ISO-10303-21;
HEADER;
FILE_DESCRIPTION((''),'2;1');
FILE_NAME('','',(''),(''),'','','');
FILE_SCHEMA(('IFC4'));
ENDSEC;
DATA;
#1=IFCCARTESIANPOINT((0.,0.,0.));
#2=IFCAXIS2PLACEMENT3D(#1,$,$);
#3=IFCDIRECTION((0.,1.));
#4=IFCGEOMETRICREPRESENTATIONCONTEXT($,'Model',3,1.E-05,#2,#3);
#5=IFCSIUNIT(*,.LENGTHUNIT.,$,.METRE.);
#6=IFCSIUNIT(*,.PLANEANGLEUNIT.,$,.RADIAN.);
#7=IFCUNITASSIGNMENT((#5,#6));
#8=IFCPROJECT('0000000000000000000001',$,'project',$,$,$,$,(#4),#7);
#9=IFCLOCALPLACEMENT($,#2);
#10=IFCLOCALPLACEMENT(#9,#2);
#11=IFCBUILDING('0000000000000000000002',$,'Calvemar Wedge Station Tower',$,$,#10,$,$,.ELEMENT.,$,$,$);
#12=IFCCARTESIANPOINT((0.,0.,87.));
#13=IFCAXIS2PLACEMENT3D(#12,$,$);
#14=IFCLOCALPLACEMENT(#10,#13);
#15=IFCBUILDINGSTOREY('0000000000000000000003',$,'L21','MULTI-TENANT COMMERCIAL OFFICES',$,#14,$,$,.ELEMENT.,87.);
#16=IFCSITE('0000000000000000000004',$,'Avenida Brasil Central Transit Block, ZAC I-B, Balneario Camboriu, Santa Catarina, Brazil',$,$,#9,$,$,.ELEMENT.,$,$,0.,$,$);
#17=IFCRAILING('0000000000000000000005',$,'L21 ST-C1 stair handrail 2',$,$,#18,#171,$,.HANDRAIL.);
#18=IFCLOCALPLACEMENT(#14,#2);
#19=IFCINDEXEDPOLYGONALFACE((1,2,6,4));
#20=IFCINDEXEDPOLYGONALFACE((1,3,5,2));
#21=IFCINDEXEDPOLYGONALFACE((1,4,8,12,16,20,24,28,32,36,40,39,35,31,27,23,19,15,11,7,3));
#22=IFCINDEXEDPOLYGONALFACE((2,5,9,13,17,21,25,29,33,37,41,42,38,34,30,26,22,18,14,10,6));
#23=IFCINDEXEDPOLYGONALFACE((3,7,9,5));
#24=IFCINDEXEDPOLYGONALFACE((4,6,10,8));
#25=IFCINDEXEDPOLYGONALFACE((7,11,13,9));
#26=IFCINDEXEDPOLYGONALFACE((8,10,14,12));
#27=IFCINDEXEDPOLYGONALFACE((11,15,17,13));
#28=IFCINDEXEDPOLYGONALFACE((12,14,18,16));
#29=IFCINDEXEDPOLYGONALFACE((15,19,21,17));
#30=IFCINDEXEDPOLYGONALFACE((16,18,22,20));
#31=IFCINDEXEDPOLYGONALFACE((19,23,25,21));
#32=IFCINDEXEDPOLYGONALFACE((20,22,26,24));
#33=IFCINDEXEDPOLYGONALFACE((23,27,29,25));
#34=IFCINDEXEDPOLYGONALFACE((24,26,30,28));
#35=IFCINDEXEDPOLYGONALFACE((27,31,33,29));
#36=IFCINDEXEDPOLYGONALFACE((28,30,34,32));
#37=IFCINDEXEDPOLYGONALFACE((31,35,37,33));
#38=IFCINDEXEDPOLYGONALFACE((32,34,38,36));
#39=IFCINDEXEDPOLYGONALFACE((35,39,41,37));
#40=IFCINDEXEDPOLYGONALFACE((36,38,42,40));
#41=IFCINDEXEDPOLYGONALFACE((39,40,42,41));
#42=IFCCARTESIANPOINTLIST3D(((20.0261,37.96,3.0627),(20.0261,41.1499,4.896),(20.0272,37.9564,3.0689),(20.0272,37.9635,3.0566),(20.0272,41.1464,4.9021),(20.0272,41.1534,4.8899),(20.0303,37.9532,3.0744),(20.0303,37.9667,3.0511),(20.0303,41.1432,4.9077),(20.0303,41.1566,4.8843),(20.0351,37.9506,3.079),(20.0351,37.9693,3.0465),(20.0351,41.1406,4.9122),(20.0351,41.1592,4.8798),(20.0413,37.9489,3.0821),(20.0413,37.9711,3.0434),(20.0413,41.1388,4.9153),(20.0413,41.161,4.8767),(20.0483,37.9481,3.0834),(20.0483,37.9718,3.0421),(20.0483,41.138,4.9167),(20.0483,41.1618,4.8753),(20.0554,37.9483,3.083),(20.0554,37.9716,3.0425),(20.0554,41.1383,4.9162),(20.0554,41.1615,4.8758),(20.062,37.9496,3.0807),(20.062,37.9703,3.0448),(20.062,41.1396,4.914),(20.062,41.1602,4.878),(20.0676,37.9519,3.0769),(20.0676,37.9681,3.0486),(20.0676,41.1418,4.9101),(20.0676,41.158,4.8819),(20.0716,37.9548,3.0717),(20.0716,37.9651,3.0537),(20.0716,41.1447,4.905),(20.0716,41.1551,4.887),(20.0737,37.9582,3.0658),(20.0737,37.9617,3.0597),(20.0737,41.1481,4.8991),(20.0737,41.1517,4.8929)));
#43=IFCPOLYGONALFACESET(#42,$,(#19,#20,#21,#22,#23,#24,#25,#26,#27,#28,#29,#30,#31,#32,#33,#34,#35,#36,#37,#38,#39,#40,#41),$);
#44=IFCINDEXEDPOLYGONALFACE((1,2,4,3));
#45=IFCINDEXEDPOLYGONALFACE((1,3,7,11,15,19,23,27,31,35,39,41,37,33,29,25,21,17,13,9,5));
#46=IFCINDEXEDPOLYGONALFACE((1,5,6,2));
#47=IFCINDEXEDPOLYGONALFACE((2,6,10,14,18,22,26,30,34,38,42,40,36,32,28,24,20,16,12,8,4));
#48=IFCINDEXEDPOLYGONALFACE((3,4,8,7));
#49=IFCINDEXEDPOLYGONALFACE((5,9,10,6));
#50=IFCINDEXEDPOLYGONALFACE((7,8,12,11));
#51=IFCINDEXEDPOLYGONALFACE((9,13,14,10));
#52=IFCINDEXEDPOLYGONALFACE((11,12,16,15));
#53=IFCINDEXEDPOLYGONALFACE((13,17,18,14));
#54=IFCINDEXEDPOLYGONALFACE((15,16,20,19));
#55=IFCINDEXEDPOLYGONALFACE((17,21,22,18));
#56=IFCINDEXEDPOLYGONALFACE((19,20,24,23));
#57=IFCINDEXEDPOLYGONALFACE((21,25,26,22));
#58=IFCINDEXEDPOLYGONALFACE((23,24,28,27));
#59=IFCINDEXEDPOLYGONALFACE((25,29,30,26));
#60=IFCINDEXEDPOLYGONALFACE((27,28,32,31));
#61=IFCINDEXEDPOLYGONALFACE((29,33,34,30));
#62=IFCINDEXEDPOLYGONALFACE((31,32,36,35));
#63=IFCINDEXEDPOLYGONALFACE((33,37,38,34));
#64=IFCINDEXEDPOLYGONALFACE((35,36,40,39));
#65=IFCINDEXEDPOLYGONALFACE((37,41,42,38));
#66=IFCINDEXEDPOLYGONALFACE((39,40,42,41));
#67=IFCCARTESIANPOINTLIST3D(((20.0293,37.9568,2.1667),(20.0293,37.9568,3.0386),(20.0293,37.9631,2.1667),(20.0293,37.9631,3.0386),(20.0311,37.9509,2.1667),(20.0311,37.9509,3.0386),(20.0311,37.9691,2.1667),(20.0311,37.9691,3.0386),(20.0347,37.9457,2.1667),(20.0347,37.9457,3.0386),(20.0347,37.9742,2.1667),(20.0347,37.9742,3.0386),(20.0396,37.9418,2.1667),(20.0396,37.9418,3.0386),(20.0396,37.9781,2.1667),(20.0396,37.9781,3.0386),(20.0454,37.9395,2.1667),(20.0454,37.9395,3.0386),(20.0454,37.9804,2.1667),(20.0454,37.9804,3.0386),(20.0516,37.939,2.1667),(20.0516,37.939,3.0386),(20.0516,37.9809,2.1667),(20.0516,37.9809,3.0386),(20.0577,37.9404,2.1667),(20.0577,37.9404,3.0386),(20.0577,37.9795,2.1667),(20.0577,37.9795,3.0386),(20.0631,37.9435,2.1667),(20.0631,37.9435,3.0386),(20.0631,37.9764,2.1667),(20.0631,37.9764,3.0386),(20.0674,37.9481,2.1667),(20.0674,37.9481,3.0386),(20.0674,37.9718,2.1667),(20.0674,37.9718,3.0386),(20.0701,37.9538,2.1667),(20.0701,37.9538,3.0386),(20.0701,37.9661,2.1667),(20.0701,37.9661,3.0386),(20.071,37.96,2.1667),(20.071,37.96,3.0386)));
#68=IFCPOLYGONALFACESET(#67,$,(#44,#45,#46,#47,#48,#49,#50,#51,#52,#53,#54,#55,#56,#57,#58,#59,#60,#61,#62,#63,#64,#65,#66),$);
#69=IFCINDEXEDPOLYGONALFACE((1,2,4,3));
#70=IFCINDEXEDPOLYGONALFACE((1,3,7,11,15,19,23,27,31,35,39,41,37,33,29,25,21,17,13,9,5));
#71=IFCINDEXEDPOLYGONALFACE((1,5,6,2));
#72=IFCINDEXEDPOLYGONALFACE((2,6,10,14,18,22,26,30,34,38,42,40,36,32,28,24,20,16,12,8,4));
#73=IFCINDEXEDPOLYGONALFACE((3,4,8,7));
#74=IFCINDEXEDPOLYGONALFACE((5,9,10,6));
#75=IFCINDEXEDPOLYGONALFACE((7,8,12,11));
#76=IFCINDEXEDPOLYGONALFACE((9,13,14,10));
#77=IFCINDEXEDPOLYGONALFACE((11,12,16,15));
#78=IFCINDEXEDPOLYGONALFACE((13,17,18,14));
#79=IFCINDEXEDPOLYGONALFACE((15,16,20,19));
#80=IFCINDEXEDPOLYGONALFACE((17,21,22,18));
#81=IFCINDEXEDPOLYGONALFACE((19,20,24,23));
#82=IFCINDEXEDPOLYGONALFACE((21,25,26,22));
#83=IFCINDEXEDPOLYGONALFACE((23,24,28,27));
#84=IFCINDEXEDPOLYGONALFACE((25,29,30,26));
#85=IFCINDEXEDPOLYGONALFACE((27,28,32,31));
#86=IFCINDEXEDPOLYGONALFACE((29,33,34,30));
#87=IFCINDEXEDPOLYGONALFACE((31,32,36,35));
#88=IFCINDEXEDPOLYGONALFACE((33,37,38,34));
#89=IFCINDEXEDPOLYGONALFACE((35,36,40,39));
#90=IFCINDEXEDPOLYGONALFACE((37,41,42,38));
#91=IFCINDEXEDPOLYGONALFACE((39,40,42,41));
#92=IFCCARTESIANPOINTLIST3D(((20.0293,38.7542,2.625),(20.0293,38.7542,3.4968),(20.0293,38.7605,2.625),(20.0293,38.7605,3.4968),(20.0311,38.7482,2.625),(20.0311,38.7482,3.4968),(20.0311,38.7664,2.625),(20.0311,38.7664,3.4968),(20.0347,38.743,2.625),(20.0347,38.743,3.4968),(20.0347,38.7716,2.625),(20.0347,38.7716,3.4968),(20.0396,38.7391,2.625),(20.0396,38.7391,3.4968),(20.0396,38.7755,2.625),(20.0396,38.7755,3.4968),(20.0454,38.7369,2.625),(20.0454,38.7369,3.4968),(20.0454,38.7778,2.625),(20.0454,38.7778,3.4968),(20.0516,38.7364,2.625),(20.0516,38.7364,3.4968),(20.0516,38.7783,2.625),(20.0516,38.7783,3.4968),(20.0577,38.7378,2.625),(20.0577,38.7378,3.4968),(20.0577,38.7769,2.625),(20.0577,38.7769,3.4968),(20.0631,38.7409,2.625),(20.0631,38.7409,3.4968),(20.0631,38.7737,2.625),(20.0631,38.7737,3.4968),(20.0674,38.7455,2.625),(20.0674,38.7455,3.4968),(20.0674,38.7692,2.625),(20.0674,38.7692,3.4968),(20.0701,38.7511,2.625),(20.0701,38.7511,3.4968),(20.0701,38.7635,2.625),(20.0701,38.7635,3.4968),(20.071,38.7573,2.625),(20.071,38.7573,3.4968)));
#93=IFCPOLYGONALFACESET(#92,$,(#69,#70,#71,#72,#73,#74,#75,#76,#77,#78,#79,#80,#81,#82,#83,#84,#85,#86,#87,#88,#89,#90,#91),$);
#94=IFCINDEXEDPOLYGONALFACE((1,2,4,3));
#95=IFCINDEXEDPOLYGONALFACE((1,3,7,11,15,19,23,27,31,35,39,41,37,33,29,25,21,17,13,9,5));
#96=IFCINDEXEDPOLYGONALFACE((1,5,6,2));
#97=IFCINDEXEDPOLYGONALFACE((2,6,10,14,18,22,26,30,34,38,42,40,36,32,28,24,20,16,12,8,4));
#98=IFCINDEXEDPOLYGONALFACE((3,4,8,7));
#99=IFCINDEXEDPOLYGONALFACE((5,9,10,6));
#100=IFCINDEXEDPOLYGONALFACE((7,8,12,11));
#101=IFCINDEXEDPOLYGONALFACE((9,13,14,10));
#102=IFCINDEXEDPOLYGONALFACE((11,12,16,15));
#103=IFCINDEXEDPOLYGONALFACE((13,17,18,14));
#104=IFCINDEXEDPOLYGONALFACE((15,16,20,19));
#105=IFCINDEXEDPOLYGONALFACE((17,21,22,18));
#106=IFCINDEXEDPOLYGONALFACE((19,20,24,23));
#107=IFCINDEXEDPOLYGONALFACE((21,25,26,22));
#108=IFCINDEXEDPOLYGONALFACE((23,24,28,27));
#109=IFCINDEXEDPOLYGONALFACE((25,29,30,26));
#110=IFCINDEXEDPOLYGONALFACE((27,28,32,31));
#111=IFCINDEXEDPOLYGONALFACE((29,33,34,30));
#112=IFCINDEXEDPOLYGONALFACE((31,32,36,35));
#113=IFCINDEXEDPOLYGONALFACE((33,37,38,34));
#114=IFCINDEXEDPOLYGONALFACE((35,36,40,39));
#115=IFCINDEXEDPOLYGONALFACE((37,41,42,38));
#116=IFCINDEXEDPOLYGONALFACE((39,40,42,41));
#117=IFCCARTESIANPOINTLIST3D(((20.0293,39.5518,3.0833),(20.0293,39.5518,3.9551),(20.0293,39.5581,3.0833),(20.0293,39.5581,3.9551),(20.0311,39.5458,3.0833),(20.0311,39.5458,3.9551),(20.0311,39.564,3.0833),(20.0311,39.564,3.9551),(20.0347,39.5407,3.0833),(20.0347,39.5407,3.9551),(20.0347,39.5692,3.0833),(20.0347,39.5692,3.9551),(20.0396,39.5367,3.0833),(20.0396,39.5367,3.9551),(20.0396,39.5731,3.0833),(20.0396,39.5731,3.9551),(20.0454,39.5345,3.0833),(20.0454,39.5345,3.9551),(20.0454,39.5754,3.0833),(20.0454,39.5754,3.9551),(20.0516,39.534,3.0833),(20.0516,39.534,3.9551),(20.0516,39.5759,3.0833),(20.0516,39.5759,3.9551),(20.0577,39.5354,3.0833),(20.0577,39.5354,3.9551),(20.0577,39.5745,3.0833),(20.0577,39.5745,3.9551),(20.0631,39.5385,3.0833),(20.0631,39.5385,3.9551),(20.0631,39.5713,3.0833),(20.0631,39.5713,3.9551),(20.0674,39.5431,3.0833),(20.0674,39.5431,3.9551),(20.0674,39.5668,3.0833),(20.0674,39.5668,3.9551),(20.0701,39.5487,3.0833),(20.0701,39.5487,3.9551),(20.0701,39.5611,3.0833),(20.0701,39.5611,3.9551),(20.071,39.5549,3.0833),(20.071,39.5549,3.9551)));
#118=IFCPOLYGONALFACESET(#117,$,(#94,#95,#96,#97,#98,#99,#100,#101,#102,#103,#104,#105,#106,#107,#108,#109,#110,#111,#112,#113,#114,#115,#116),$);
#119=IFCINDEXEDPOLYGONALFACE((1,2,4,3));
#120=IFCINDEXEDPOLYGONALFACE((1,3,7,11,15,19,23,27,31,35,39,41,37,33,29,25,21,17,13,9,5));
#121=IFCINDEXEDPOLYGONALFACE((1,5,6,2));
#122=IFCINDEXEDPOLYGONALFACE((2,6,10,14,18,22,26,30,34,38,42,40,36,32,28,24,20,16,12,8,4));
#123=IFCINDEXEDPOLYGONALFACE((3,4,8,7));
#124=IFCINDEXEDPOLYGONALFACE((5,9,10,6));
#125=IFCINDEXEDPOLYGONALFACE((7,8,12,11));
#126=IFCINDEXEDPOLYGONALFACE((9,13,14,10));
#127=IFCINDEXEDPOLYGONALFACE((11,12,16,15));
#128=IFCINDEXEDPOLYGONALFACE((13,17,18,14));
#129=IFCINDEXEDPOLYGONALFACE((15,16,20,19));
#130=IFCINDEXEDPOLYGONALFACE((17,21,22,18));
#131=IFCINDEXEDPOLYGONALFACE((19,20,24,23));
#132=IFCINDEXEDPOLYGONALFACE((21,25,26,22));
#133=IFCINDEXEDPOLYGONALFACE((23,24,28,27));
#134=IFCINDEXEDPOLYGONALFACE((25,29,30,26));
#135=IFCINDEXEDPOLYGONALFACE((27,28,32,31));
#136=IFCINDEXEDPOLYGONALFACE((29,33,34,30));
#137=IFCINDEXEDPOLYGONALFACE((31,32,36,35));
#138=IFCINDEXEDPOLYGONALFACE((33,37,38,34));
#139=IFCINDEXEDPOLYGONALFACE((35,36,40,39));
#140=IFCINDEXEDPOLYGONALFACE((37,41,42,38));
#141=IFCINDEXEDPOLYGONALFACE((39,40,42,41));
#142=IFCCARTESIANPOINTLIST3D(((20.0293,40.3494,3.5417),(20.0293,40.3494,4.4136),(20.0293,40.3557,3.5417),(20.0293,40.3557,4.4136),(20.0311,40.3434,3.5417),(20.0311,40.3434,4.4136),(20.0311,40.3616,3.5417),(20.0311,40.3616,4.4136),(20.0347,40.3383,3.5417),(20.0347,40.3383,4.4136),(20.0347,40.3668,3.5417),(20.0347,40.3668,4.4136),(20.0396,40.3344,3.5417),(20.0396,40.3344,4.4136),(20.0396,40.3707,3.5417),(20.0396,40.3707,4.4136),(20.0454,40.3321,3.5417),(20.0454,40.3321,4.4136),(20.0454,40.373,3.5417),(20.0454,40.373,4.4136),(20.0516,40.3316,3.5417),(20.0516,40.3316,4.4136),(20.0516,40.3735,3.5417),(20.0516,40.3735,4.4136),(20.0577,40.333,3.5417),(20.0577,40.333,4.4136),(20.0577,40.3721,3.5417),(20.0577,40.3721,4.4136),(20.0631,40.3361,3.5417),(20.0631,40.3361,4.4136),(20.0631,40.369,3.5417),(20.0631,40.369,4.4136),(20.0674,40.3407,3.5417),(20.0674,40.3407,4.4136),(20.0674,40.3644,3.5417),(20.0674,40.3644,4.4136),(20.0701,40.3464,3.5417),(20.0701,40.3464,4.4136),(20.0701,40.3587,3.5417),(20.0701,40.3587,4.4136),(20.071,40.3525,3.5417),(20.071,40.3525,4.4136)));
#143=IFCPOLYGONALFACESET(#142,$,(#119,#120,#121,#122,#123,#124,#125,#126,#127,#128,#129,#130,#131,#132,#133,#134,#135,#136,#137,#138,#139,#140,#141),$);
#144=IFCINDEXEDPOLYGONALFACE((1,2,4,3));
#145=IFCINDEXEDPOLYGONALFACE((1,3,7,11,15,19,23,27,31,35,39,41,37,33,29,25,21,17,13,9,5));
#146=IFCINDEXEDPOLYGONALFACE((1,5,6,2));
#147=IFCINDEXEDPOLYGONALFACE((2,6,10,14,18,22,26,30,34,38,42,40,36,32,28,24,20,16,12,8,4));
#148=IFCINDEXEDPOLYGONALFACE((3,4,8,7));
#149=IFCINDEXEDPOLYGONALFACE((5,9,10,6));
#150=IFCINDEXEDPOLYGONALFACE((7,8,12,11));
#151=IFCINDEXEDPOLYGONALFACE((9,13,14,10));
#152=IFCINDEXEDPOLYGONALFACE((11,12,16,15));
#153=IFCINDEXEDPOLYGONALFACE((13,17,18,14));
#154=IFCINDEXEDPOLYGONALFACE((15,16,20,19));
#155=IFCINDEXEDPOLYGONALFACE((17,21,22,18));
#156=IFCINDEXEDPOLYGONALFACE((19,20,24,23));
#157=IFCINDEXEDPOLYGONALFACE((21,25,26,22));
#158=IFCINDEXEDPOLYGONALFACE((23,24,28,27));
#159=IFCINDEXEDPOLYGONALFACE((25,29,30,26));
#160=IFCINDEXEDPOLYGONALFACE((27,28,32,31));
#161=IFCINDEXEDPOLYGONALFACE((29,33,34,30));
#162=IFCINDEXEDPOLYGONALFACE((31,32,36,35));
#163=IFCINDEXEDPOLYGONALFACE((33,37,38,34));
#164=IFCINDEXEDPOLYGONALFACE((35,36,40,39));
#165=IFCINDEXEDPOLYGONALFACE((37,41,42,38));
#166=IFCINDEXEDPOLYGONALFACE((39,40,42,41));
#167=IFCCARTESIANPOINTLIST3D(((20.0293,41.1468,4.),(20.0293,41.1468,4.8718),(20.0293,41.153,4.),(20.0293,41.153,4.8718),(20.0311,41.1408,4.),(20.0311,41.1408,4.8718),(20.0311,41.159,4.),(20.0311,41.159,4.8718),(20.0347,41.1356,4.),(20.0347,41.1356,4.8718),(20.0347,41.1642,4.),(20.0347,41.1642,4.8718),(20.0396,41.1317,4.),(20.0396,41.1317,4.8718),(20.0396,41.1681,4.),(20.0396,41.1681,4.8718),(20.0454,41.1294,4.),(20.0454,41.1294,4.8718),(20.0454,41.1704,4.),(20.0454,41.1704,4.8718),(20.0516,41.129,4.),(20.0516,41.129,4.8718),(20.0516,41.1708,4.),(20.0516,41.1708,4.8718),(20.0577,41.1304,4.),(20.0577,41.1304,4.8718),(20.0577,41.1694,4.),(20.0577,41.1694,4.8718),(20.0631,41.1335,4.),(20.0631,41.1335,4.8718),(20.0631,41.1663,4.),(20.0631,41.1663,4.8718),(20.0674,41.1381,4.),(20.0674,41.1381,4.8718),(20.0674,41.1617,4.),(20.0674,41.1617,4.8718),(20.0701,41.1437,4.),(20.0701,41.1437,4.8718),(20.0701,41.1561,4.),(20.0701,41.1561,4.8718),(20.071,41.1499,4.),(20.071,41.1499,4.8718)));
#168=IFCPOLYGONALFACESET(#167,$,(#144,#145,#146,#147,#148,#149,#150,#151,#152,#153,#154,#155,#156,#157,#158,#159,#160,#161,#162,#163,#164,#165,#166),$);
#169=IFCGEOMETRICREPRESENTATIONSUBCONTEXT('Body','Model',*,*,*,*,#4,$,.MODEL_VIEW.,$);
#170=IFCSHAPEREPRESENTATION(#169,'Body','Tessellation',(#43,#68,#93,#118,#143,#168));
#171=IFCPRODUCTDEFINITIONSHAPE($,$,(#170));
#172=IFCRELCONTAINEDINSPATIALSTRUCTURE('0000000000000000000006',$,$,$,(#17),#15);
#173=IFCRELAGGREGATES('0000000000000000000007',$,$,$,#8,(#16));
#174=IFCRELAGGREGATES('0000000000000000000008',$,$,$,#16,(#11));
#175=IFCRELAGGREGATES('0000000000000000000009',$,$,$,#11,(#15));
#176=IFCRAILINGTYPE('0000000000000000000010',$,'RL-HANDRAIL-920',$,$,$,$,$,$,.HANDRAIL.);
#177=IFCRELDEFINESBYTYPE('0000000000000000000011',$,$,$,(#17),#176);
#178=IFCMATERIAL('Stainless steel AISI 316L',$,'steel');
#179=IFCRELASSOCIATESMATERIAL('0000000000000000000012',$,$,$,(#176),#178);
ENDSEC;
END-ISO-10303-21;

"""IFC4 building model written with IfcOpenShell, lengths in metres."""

from ifc_helpers import new_model, si_unit, direction, frame, origin, origin_2d, place, context, subcontext, project, spatial, circle, extrude, material, type_object, element, save


model = new_model("IFC4")

# Units and contexts
model_context = context("Model", 3, precision=1e-05, world=origin(), true_north=direction((0.0, 1.0)))
body_context = subcontext(model_context, "Body", "Model", "MODEL_VIEW")
ifc_project = project(units=[si_unit("LENGTHUNIT", "METRE"), si_unit("PLANEANGLEUNIT", "RADIAN")], contexts=[model_context])

# Site, building, storey
site_placement = place(None, origin())
site = spatial("IfcSite", under=ifc_project, at=site_placement, Name="Avenida Brasil Central Transit Block, ZAC I-B, Balneario Camboriu, Santa Catarina, Brazil", CompositionType="ELEMENT", RefElevation=0.0)
building_placement = place(site_placement, origin())
building = spatial("IfcBuilding", under=site, at=building_placement, Name="Calvemar Wedge Station Tower", CompositionType="ELEMENT")
storey_placement = place(building_placement, frame((0.0, 0.0, 87.0)))
storey = spatial("IfcBuildingStorey", under=building, at=storey_placement, Name="L21", Description="MULTI-TENANT COMMERCIAL OFFICES", CompositionType="ELEMENT", Elevation=87.0)

# Railing
ifc_material_1 = material(Name="Stainless steel AISI 316L", Category="steel")
railing_type_1 = type_object("IfcRailingType", Name="RL-HANDRAIL-920", PredefinedType="HANDRAIL", material=ifc_material_1)
railing_1_placement = place(storey_placement, frame((20.05, 37.96, 2.1667)))
element("IfcRailing", 1, at=railing_1_placement, inside=storey, type_object=railing_type_1, Name="L21 ST-C1 stair handrail 2", PredefinedType="HANDRAIL", context=body_context, shape_type="SweptSolid", body=[
    extrude(circle(Radius=0.0239, at=origin_2d()), frame((0.0, 0.0, 0.896), z_axis=(0.0, 0.86702, 0.498274), x_axis=(-1.0, 0.0, 0.0)), (0.0, 0.0, 1.0), 3.6792),
    extrude(circle(Radius=0.021, at=origin_2d()), origin(), (0.0, 0.0, 1.0), 0.8718),
    extrude(circle(Radius=0.021, at=origin_2d()), frame((0.0, 0.7974, 0.4583)), (0.0, 0.0, 1.0), 0.8718),
    extrude(circle(Radius=0.021, at=origin_2d()), frame((0.0, 1.595, 0.9165)), (0.0, 0.0, 1.0), 0.8718),
    extrude(circle(Radius=0.021, at=origin_2d()), frame((0.0, 2.3926, 1.375)), (0.0, 0.0, 1.0), 0.8718),
    extrude(circle(Radius=0.021, at=origin_2d()), frame((0.0, 3.1899, 1.8333)), (0.0, 0.0, 1.0), 0.8718),
])

save(model, "model.ifc")
